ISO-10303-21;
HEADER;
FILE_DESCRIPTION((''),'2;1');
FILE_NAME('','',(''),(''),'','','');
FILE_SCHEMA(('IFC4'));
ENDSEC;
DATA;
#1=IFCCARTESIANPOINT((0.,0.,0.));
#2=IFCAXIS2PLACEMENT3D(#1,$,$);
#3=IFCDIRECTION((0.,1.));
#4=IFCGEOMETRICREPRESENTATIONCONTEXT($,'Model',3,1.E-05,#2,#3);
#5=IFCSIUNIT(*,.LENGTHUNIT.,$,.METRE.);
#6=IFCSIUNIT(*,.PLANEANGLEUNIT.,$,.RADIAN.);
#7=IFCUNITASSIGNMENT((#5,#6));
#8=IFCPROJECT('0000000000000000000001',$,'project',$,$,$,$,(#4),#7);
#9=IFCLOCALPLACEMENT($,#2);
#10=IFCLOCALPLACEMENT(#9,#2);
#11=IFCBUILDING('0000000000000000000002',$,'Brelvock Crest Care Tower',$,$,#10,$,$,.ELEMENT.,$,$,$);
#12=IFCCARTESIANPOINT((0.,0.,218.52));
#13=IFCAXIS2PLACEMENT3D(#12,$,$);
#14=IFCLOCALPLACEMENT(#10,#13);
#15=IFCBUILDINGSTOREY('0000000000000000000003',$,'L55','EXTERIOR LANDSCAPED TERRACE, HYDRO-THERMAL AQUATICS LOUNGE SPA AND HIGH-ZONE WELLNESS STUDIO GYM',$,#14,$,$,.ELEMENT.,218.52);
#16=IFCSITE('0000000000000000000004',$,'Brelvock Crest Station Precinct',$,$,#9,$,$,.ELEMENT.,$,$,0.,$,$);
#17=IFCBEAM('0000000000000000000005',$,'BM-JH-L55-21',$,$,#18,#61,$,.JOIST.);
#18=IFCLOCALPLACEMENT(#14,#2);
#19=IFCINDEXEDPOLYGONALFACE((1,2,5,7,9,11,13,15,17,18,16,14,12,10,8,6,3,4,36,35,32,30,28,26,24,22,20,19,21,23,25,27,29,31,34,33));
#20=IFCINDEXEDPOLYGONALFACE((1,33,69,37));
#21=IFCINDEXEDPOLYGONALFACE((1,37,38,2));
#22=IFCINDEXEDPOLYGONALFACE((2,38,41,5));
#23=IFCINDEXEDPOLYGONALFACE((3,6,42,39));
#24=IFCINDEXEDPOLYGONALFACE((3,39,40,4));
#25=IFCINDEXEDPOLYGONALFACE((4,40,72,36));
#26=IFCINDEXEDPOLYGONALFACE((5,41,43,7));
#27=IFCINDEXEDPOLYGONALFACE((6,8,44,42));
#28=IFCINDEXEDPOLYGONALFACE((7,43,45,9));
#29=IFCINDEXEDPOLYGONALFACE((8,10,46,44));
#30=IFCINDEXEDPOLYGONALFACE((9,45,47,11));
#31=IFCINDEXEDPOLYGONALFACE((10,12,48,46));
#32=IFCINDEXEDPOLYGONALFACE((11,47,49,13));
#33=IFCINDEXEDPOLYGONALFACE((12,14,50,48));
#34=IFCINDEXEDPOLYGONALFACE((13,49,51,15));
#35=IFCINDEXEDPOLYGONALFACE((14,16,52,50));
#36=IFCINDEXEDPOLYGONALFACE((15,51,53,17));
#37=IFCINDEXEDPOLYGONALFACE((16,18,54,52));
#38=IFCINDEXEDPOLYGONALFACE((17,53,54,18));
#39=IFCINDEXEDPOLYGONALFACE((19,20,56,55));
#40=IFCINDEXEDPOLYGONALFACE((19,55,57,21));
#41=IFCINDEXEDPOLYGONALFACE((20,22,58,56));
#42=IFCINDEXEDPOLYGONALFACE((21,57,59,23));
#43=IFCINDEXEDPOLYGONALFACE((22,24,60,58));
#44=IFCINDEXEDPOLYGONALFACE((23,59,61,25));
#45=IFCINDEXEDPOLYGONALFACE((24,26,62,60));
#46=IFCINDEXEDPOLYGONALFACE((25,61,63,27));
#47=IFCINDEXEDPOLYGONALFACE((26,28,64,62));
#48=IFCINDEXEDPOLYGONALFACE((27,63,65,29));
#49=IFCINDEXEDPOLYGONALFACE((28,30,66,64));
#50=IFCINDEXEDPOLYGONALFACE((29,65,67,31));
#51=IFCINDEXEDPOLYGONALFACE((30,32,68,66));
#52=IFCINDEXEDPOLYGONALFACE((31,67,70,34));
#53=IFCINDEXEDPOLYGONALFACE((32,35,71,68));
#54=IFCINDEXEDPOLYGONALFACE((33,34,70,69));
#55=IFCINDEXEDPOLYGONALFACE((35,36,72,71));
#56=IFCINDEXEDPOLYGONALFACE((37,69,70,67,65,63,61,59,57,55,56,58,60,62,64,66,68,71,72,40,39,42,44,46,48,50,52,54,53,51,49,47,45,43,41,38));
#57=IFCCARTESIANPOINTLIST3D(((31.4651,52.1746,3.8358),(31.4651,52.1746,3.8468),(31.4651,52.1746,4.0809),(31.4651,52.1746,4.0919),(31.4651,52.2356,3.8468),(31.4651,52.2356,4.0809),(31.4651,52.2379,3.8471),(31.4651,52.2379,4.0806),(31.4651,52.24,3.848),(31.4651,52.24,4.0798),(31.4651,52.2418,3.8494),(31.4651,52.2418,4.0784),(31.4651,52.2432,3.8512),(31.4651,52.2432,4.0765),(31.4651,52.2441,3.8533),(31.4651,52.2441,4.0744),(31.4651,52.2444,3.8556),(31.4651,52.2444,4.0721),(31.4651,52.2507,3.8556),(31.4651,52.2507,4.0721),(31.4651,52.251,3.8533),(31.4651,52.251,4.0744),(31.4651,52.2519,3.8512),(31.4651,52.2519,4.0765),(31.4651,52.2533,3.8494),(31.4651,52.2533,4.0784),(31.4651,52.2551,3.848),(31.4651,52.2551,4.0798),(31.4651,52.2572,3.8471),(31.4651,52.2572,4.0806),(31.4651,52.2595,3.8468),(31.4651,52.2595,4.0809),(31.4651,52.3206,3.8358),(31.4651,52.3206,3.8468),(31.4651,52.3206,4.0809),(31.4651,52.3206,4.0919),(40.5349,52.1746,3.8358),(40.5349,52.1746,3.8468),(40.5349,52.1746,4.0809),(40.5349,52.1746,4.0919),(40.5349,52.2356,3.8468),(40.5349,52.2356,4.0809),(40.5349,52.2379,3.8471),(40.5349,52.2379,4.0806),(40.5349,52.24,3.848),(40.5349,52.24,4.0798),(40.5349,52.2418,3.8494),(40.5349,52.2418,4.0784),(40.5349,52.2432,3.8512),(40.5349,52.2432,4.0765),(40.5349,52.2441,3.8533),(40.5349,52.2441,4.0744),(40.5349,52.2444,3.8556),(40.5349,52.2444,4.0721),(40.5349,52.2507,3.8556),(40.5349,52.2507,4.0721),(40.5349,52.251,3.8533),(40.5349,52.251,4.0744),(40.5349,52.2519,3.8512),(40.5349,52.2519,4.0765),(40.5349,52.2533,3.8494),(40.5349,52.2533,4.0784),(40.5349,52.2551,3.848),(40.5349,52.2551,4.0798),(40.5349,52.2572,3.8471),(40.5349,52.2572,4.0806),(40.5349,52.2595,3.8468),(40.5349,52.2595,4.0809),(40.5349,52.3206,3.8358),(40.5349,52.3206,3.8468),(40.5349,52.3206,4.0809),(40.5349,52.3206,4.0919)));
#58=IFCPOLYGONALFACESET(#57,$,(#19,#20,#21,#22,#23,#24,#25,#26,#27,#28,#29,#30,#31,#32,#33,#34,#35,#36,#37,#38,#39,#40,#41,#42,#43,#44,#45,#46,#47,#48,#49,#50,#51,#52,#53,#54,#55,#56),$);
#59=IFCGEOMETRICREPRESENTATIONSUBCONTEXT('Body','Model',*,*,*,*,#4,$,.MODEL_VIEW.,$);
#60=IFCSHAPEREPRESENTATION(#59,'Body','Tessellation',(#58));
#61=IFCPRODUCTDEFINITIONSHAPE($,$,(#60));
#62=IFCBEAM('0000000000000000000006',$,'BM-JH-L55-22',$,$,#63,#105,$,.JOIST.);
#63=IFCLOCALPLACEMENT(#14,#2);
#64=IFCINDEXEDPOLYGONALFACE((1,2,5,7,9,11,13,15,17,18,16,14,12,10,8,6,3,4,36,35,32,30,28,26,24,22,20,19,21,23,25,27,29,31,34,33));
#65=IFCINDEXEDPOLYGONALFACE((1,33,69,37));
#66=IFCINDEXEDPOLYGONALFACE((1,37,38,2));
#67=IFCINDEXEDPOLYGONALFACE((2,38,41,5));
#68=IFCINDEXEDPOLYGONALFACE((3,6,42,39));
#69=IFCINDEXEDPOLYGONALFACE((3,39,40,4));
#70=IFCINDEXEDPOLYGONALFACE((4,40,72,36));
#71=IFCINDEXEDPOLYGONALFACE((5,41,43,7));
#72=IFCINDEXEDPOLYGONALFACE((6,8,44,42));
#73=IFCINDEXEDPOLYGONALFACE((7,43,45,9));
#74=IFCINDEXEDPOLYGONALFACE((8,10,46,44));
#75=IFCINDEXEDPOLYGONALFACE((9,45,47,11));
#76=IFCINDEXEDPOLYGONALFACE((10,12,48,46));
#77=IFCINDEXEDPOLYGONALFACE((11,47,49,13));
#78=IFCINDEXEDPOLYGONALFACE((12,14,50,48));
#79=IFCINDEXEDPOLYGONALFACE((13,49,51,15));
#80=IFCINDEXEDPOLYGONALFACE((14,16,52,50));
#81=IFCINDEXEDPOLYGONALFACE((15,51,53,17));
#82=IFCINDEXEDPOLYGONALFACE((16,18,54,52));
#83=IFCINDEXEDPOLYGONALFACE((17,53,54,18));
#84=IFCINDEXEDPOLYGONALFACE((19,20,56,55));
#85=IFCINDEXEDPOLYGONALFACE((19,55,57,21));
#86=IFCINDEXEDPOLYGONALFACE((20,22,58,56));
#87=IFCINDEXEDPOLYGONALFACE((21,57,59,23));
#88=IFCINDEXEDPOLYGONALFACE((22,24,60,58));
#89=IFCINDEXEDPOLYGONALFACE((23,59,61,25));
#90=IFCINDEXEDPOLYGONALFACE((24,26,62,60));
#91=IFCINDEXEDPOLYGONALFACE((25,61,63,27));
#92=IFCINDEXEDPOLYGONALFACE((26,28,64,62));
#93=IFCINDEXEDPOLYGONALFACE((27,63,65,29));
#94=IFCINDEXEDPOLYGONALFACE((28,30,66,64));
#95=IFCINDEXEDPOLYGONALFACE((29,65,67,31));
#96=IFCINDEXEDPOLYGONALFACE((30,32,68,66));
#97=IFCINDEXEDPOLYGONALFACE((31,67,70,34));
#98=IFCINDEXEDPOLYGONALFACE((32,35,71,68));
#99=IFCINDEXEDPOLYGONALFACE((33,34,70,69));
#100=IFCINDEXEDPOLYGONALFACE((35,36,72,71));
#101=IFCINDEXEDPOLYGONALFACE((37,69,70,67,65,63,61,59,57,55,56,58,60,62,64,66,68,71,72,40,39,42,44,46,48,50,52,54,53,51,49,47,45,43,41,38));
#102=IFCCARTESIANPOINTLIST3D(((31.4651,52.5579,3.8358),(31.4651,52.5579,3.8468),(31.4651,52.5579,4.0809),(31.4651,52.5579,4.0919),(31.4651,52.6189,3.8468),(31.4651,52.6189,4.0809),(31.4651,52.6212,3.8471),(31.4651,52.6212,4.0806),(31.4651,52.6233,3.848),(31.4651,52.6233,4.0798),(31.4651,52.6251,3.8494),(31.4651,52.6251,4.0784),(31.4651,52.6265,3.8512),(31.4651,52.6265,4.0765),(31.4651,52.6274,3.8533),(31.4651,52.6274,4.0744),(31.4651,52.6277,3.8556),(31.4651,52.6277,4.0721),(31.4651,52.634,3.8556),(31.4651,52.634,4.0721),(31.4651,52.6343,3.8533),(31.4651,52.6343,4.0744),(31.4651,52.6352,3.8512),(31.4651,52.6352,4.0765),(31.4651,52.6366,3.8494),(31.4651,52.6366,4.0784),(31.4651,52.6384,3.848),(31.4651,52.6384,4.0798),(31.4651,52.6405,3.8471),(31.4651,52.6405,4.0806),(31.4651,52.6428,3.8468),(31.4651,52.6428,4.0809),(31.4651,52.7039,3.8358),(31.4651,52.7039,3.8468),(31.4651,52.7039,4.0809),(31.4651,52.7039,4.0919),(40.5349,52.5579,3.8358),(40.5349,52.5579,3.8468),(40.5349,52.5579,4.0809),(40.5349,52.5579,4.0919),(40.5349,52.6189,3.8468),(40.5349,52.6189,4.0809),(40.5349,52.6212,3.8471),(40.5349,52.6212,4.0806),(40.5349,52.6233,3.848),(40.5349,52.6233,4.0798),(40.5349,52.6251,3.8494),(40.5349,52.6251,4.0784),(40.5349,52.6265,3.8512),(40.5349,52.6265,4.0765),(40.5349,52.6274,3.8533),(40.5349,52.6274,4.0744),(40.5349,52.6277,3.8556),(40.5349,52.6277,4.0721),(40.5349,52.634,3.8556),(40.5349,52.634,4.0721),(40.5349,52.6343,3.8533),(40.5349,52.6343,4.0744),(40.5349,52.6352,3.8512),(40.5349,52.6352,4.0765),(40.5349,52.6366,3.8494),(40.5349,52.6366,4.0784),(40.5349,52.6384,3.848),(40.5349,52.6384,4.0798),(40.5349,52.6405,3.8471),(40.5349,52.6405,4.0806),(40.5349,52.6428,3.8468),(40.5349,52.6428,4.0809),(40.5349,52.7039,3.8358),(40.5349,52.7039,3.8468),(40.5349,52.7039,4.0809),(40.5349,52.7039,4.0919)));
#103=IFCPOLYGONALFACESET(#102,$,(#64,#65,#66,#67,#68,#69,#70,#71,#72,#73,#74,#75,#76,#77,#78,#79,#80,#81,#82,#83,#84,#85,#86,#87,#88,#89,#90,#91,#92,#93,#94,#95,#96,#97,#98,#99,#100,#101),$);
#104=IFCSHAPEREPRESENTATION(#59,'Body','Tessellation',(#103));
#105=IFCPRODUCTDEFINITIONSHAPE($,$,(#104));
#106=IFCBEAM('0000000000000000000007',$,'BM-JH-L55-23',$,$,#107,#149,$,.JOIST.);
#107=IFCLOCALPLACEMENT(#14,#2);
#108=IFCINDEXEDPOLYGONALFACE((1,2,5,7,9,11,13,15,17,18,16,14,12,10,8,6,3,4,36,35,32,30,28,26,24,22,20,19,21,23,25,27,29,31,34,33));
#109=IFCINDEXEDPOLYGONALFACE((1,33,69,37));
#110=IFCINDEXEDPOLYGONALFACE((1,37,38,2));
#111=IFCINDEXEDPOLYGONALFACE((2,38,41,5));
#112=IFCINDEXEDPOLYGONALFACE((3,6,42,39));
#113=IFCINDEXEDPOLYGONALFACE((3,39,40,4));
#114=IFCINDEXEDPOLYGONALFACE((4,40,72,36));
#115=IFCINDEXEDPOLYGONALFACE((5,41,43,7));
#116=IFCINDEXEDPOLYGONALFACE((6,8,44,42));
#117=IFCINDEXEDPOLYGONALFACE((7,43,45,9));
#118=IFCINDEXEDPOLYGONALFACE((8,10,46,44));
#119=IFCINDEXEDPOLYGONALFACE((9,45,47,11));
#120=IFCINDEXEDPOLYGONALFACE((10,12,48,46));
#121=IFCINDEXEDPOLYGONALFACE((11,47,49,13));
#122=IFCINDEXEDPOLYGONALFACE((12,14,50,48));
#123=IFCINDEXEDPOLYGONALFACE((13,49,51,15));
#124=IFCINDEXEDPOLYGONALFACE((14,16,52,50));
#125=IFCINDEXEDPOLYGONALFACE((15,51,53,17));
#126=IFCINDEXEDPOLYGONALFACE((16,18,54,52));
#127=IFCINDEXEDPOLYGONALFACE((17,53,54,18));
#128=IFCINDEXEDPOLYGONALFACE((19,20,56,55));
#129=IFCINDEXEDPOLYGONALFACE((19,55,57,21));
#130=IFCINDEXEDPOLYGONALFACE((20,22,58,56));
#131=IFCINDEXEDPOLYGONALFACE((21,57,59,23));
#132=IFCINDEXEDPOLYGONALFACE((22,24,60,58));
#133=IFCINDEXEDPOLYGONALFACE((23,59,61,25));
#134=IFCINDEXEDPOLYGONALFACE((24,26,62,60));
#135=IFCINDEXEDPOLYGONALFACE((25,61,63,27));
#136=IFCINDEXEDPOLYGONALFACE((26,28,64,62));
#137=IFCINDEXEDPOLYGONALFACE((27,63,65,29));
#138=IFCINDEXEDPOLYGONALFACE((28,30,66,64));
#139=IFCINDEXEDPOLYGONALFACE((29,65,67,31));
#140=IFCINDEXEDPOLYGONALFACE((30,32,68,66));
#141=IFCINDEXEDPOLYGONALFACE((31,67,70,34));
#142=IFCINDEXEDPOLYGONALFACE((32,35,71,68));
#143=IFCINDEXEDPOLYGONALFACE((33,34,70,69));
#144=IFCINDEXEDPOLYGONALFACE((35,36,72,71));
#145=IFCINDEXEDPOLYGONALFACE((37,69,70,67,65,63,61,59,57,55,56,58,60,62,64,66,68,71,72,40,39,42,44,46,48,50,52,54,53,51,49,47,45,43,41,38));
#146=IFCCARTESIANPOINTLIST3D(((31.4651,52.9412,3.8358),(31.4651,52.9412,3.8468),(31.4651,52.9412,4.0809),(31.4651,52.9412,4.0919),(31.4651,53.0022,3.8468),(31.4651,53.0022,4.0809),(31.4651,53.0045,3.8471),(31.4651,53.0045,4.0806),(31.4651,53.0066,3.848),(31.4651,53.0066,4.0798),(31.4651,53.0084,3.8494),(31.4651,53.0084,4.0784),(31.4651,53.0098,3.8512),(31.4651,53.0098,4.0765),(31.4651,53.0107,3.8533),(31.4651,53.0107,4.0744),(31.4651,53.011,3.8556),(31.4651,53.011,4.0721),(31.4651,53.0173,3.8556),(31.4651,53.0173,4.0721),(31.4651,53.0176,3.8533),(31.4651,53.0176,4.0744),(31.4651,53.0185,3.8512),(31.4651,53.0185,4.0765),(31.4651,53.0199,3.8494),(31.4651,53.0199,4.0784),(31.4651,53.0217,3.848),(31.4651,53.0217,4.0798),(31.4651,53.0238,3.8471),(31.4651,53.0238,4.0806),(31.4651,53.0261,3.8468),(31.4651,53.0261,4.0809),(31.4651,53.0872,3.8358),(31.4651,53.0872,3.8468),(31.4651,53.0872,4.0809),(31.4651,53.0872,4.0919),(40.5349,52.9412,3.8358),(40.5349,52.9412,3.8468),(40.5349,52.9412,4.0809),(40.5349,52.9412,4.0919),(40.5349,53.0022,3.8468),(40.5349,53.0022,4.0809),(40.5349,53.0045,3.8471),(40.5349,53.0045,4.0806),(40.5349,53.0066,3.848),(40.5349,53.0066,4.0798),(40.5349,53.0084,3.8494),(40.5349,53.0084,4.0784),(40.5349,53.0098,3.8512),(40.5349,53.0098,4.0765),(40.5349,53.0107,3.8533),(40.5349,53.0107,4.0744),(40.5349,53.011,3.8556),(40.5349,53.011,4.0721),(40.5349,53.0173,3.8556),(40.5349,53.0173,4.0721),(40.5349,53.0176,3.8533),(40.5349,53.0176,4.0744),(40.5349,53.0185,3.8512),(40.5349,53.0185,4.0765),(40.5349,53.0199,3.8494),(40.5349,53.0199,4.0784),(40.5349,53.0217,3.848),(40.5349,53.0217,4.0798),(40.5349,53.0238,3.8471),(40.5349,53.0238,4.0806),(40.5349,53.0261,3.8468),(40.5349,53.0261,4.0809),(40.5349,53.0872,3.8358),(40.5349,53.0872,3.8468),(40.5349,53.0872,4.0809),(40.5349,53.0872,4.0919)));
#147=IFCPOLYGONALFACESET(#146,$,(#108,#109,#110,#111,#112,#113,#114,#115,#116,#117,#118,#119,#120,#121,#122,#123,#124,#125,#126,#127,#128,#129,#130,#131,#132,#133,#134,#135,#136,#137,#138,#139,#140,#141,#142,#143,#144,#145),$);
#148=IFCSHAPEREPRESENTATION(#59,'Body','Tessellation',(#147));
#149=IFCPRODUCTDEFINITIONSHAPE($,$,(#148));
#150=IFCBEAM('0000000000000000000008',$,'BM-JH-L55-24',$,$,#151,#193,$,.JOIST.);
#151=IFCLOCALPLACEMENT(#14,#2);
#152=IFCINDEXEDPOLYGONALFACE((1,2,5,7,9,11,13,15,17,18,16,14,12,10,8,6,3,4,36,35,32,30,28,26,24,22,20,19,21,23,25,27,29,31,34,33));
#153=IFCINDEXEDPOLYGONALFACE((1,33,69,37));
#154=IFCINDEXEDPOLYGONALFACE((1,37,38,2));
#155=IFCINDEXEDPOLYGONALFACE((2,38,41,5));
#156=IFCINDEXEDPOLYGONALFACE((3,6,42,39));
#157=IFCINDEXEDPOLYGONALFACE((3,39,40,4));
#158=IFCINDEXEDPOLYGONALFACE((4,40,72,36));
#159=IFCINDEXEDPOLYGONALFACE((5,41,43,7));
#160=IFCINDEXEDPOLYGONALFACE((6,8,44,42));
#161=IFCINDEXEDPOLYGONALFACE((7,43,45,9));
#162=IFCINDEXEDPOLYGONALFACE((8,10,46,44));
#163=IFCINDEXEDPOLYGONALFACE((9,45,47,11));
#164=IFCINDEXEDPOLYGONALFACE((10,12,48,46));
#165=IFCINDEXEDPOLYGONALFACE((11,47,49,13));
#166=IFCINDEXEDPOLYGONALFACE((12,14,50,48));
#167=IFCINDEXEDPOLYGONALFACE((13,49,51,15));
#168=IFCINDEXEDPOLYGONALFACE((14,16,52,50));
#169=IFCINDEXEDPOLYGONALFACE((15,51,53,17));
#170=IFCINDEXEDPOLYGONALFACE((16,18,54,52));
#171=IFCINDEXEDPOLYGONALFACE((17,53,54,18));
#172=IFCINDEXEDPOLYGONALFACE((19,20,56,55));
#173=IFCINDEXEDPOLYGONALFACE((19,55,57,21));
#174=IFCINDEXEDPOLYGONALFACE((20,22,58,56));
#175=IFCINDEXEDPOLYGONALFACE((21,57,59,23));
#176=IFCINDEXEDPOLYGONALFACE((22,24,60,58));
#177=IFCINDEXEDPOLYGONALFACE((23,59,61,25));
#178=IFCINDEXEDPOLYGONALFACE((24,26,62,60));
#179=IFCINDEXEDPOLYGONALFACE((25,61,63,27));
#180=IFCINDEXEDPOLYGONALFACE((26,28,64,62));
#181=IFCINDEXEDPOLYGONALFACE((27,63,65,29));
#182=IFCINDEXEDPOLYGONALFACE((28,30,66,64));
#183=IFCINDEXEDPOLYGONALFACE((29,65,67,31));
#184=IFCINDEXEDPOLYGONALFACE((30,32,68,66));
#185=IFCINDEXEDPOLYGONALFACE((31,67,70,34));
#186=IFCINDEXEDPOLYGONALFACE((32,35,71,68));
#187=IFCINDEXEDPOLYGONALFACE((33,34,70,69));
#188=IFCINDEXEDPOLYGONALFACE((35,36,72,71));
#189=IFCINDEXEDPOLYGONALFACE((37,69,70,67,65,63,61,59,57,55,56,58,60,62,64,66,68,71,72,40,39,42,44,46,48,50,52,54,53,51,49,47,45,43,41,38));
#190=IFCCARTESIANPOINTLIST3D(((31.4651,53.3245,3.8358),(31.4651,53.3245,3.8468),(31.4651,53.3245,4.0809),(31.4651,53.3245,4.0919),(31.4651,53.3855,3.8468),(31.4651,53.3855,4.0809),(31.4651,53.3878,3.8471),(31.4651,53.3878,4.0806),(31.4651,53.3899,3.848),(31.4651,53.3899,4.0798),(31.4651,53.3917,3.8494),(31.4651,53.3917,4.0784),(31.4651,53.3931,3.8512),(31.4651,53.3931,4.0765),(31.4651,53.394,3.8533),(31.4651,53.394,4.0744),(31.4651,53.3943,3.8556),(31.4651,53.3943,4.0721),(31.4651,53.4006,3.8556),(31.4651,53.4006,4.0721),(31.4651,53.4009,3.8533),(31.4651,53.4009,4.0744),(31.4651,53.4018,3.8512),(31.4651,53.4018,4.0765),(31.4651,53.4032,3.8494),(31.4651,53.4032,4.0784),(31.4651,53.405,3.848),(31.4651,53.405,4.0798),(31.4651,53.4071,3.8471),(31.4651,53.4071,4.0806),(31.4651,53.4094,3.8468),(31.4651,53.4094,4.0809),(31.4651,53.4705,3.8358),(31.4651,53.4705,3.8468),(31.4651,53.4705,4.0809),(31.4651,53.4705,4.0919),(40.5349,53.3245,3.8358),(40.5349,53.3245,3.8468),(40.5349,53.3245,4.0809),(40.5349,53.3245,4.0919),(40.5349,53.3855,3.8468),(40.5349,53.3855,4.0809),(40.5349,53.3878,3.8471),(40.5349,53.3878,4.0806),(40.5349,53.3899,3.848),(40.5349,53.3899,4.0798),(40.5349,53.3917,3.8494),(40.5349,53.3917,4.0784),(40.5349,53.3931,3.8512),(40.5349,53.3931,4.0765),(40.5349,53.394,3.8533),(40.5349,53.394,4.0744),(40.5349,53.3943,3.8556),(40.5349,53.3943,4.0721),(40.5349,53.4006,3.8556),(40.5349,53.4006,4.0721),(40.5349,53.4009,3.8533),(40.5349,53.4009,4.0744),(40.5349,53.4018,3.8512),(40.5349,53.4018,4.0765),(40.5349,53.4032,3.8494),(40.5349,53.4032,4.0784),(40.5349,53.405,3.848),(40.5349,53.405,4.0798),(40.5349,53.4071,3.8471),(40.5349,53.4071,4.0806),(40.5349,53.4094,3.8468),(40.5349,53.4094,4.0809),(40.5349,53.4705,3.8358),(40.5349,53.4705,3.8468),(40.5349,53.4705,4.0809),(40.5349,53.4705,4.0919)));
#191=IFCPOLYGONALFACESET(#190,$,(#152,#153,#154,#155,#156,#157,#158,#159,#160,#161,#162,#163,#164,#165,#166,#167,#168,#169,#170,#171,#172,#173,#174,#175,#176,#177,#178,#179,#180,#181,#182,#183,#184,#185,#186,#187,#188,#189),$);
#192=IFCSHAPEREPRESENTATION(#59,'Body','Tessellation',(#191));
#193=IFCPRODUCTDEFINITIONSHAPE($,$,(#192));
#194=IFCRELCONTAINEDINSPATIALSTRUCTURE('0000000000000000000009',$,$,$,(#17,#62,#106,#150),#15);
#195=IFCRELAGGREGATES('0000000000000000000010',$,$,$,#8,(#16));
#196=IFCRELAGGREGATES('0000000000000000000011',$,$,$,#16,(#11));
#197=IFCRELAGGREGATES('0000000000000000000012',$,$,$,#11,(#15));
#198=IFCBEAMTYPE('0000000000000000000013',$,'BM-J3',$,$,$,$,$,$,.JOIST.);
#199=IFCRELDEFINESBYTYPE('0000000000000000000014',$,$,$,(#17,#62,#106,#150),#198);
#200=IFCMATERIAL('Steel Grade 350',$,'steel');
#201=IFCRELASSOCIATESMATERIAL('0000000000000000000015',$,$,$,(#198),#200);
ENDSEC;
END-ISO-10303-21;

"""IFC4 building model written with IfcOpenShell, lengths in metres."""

from ifc_helpers import new_model, si_unit, direction, frame, origin, origin_2d, place, context, subcontext, project, spatial, i_section, extrude, source, transform, mapped, material, material_profile, profile_set, type_object, element, save


model = new_model("IFC4")

# Units and contexts
model_context = context("Model", 3, precision=1e-05, world=origin(), true_north=direction((0.0, 1.0)))
body_context = subcontext(model_context, "Body", "Model", "MODEL_VIEW")
ifc_project = project(units=[si_unit("LENGTHUNIT", "METRE"), si_unit("PLANEANGLEUNIT", "RADIAN")], contexts=[model_context])

# Site, building, storey
site_placement = place(None, origin())
site = spatial("IfcSite", under=ifc_project, at=site_placement, Name="Brelvock Crest Station Precinct", CompositionType="ELEMENT", RefElevation=0.0)
building_placement = place(site_placement, origin())
building = spatial("IfcBuilding", under=site, at=building_placement, Name="Brelvock Crest Care Tower", CompositionType="ELEMENT")
storey_placement = place(building_placement, frame((0.0, 0.0, 218.52)))
storey = spatial("IfcBuildingStorey", under=building, at=storey_placement, Name="L55", Description="EXTERIOR LANDSCAPED TERRACE, HYDRO-THERMAL AQUATICS LOUNGE SPA AND HIGH-ZONE WELLNESS STUDIO GYM", CompositionType="ELEMENT", Elevation=218.52)

# Shared definitions
ifc_material_1 = material(Name="Steel Grade 350", Category="steel")

# Beams
ifc_material_profile_1 = material_profile(ifc_material_1, i_section(OverallWidth=0.146, OverallDepth=0.2561, WebThickness=0.0063, FlangeThickness=0.011, FilletRadius=0.0088, at=origin_2d()), Name="250UB37.3")
ifc_profile_set_1 = profile_set([ifc_material_profile_1], Name="Steel Grade 350")
beam_type_1 = type_object("IfcBeamType", Name="BM-J3", PredefinedType="JOIST", material=ifc_profile_set_1)
shared_shape_1 = source(origin(), body_context, "Body", "SweptSolid", [
    extrude(i_section(OverallWidth=0.146, OverallDepth=0.2561, WebThickness=0.0063, FlangeThickness=0.011, FilletRadius=0.0088, at=origin_2d()), origin(), (0.0, 0.0, 1.0), 9.0698),
])
for number, where, z_axis, x_axis, name in (
    (1, (31.4651, 52.2476, 3.9639), (1.0, 0.0, 0.0), (0.0, 1.0, 0.0), "BM-JH-L55-21"),
    (2, (31.4651, 52.6309, 3.9639), (1.0, 0.0, 0.0), (0.0, 1.0, 0.0), "BM-JH-L55-22"),
    (3, (31.4651, 53.0142, 3.9639), (1.0, 0.0, 0.0), (0.0, 1.0, 0.0), "BM-JH-L55-23"),
    (4, (31.4651, 53.3975, 3.9639), (1.0, 0.0, 0.0), (0.0, 1.0, 0.0), "BM-JH-L55-24"),
):
    element("IfcBeam", number, at=place(storey_placement, frame(where, z_axis=z_axis, x_axis=x_axis)), inside=storey, type_object=beam_type_1, Name=name, PredefinedType="JOIST", context=body_context, shape_type="MappedRepresentation", body=[
        mapped(shared_shape_1, transform((0.0, 0.0, 0.0), x_axis=(1.0, 0.0, 0.0), y_axis=(0.0, 1.0, 0.0), z_axis=(0.0, 0.0, 1.0), scale=1.0)),
    ])

save(model, "model.ifc")
